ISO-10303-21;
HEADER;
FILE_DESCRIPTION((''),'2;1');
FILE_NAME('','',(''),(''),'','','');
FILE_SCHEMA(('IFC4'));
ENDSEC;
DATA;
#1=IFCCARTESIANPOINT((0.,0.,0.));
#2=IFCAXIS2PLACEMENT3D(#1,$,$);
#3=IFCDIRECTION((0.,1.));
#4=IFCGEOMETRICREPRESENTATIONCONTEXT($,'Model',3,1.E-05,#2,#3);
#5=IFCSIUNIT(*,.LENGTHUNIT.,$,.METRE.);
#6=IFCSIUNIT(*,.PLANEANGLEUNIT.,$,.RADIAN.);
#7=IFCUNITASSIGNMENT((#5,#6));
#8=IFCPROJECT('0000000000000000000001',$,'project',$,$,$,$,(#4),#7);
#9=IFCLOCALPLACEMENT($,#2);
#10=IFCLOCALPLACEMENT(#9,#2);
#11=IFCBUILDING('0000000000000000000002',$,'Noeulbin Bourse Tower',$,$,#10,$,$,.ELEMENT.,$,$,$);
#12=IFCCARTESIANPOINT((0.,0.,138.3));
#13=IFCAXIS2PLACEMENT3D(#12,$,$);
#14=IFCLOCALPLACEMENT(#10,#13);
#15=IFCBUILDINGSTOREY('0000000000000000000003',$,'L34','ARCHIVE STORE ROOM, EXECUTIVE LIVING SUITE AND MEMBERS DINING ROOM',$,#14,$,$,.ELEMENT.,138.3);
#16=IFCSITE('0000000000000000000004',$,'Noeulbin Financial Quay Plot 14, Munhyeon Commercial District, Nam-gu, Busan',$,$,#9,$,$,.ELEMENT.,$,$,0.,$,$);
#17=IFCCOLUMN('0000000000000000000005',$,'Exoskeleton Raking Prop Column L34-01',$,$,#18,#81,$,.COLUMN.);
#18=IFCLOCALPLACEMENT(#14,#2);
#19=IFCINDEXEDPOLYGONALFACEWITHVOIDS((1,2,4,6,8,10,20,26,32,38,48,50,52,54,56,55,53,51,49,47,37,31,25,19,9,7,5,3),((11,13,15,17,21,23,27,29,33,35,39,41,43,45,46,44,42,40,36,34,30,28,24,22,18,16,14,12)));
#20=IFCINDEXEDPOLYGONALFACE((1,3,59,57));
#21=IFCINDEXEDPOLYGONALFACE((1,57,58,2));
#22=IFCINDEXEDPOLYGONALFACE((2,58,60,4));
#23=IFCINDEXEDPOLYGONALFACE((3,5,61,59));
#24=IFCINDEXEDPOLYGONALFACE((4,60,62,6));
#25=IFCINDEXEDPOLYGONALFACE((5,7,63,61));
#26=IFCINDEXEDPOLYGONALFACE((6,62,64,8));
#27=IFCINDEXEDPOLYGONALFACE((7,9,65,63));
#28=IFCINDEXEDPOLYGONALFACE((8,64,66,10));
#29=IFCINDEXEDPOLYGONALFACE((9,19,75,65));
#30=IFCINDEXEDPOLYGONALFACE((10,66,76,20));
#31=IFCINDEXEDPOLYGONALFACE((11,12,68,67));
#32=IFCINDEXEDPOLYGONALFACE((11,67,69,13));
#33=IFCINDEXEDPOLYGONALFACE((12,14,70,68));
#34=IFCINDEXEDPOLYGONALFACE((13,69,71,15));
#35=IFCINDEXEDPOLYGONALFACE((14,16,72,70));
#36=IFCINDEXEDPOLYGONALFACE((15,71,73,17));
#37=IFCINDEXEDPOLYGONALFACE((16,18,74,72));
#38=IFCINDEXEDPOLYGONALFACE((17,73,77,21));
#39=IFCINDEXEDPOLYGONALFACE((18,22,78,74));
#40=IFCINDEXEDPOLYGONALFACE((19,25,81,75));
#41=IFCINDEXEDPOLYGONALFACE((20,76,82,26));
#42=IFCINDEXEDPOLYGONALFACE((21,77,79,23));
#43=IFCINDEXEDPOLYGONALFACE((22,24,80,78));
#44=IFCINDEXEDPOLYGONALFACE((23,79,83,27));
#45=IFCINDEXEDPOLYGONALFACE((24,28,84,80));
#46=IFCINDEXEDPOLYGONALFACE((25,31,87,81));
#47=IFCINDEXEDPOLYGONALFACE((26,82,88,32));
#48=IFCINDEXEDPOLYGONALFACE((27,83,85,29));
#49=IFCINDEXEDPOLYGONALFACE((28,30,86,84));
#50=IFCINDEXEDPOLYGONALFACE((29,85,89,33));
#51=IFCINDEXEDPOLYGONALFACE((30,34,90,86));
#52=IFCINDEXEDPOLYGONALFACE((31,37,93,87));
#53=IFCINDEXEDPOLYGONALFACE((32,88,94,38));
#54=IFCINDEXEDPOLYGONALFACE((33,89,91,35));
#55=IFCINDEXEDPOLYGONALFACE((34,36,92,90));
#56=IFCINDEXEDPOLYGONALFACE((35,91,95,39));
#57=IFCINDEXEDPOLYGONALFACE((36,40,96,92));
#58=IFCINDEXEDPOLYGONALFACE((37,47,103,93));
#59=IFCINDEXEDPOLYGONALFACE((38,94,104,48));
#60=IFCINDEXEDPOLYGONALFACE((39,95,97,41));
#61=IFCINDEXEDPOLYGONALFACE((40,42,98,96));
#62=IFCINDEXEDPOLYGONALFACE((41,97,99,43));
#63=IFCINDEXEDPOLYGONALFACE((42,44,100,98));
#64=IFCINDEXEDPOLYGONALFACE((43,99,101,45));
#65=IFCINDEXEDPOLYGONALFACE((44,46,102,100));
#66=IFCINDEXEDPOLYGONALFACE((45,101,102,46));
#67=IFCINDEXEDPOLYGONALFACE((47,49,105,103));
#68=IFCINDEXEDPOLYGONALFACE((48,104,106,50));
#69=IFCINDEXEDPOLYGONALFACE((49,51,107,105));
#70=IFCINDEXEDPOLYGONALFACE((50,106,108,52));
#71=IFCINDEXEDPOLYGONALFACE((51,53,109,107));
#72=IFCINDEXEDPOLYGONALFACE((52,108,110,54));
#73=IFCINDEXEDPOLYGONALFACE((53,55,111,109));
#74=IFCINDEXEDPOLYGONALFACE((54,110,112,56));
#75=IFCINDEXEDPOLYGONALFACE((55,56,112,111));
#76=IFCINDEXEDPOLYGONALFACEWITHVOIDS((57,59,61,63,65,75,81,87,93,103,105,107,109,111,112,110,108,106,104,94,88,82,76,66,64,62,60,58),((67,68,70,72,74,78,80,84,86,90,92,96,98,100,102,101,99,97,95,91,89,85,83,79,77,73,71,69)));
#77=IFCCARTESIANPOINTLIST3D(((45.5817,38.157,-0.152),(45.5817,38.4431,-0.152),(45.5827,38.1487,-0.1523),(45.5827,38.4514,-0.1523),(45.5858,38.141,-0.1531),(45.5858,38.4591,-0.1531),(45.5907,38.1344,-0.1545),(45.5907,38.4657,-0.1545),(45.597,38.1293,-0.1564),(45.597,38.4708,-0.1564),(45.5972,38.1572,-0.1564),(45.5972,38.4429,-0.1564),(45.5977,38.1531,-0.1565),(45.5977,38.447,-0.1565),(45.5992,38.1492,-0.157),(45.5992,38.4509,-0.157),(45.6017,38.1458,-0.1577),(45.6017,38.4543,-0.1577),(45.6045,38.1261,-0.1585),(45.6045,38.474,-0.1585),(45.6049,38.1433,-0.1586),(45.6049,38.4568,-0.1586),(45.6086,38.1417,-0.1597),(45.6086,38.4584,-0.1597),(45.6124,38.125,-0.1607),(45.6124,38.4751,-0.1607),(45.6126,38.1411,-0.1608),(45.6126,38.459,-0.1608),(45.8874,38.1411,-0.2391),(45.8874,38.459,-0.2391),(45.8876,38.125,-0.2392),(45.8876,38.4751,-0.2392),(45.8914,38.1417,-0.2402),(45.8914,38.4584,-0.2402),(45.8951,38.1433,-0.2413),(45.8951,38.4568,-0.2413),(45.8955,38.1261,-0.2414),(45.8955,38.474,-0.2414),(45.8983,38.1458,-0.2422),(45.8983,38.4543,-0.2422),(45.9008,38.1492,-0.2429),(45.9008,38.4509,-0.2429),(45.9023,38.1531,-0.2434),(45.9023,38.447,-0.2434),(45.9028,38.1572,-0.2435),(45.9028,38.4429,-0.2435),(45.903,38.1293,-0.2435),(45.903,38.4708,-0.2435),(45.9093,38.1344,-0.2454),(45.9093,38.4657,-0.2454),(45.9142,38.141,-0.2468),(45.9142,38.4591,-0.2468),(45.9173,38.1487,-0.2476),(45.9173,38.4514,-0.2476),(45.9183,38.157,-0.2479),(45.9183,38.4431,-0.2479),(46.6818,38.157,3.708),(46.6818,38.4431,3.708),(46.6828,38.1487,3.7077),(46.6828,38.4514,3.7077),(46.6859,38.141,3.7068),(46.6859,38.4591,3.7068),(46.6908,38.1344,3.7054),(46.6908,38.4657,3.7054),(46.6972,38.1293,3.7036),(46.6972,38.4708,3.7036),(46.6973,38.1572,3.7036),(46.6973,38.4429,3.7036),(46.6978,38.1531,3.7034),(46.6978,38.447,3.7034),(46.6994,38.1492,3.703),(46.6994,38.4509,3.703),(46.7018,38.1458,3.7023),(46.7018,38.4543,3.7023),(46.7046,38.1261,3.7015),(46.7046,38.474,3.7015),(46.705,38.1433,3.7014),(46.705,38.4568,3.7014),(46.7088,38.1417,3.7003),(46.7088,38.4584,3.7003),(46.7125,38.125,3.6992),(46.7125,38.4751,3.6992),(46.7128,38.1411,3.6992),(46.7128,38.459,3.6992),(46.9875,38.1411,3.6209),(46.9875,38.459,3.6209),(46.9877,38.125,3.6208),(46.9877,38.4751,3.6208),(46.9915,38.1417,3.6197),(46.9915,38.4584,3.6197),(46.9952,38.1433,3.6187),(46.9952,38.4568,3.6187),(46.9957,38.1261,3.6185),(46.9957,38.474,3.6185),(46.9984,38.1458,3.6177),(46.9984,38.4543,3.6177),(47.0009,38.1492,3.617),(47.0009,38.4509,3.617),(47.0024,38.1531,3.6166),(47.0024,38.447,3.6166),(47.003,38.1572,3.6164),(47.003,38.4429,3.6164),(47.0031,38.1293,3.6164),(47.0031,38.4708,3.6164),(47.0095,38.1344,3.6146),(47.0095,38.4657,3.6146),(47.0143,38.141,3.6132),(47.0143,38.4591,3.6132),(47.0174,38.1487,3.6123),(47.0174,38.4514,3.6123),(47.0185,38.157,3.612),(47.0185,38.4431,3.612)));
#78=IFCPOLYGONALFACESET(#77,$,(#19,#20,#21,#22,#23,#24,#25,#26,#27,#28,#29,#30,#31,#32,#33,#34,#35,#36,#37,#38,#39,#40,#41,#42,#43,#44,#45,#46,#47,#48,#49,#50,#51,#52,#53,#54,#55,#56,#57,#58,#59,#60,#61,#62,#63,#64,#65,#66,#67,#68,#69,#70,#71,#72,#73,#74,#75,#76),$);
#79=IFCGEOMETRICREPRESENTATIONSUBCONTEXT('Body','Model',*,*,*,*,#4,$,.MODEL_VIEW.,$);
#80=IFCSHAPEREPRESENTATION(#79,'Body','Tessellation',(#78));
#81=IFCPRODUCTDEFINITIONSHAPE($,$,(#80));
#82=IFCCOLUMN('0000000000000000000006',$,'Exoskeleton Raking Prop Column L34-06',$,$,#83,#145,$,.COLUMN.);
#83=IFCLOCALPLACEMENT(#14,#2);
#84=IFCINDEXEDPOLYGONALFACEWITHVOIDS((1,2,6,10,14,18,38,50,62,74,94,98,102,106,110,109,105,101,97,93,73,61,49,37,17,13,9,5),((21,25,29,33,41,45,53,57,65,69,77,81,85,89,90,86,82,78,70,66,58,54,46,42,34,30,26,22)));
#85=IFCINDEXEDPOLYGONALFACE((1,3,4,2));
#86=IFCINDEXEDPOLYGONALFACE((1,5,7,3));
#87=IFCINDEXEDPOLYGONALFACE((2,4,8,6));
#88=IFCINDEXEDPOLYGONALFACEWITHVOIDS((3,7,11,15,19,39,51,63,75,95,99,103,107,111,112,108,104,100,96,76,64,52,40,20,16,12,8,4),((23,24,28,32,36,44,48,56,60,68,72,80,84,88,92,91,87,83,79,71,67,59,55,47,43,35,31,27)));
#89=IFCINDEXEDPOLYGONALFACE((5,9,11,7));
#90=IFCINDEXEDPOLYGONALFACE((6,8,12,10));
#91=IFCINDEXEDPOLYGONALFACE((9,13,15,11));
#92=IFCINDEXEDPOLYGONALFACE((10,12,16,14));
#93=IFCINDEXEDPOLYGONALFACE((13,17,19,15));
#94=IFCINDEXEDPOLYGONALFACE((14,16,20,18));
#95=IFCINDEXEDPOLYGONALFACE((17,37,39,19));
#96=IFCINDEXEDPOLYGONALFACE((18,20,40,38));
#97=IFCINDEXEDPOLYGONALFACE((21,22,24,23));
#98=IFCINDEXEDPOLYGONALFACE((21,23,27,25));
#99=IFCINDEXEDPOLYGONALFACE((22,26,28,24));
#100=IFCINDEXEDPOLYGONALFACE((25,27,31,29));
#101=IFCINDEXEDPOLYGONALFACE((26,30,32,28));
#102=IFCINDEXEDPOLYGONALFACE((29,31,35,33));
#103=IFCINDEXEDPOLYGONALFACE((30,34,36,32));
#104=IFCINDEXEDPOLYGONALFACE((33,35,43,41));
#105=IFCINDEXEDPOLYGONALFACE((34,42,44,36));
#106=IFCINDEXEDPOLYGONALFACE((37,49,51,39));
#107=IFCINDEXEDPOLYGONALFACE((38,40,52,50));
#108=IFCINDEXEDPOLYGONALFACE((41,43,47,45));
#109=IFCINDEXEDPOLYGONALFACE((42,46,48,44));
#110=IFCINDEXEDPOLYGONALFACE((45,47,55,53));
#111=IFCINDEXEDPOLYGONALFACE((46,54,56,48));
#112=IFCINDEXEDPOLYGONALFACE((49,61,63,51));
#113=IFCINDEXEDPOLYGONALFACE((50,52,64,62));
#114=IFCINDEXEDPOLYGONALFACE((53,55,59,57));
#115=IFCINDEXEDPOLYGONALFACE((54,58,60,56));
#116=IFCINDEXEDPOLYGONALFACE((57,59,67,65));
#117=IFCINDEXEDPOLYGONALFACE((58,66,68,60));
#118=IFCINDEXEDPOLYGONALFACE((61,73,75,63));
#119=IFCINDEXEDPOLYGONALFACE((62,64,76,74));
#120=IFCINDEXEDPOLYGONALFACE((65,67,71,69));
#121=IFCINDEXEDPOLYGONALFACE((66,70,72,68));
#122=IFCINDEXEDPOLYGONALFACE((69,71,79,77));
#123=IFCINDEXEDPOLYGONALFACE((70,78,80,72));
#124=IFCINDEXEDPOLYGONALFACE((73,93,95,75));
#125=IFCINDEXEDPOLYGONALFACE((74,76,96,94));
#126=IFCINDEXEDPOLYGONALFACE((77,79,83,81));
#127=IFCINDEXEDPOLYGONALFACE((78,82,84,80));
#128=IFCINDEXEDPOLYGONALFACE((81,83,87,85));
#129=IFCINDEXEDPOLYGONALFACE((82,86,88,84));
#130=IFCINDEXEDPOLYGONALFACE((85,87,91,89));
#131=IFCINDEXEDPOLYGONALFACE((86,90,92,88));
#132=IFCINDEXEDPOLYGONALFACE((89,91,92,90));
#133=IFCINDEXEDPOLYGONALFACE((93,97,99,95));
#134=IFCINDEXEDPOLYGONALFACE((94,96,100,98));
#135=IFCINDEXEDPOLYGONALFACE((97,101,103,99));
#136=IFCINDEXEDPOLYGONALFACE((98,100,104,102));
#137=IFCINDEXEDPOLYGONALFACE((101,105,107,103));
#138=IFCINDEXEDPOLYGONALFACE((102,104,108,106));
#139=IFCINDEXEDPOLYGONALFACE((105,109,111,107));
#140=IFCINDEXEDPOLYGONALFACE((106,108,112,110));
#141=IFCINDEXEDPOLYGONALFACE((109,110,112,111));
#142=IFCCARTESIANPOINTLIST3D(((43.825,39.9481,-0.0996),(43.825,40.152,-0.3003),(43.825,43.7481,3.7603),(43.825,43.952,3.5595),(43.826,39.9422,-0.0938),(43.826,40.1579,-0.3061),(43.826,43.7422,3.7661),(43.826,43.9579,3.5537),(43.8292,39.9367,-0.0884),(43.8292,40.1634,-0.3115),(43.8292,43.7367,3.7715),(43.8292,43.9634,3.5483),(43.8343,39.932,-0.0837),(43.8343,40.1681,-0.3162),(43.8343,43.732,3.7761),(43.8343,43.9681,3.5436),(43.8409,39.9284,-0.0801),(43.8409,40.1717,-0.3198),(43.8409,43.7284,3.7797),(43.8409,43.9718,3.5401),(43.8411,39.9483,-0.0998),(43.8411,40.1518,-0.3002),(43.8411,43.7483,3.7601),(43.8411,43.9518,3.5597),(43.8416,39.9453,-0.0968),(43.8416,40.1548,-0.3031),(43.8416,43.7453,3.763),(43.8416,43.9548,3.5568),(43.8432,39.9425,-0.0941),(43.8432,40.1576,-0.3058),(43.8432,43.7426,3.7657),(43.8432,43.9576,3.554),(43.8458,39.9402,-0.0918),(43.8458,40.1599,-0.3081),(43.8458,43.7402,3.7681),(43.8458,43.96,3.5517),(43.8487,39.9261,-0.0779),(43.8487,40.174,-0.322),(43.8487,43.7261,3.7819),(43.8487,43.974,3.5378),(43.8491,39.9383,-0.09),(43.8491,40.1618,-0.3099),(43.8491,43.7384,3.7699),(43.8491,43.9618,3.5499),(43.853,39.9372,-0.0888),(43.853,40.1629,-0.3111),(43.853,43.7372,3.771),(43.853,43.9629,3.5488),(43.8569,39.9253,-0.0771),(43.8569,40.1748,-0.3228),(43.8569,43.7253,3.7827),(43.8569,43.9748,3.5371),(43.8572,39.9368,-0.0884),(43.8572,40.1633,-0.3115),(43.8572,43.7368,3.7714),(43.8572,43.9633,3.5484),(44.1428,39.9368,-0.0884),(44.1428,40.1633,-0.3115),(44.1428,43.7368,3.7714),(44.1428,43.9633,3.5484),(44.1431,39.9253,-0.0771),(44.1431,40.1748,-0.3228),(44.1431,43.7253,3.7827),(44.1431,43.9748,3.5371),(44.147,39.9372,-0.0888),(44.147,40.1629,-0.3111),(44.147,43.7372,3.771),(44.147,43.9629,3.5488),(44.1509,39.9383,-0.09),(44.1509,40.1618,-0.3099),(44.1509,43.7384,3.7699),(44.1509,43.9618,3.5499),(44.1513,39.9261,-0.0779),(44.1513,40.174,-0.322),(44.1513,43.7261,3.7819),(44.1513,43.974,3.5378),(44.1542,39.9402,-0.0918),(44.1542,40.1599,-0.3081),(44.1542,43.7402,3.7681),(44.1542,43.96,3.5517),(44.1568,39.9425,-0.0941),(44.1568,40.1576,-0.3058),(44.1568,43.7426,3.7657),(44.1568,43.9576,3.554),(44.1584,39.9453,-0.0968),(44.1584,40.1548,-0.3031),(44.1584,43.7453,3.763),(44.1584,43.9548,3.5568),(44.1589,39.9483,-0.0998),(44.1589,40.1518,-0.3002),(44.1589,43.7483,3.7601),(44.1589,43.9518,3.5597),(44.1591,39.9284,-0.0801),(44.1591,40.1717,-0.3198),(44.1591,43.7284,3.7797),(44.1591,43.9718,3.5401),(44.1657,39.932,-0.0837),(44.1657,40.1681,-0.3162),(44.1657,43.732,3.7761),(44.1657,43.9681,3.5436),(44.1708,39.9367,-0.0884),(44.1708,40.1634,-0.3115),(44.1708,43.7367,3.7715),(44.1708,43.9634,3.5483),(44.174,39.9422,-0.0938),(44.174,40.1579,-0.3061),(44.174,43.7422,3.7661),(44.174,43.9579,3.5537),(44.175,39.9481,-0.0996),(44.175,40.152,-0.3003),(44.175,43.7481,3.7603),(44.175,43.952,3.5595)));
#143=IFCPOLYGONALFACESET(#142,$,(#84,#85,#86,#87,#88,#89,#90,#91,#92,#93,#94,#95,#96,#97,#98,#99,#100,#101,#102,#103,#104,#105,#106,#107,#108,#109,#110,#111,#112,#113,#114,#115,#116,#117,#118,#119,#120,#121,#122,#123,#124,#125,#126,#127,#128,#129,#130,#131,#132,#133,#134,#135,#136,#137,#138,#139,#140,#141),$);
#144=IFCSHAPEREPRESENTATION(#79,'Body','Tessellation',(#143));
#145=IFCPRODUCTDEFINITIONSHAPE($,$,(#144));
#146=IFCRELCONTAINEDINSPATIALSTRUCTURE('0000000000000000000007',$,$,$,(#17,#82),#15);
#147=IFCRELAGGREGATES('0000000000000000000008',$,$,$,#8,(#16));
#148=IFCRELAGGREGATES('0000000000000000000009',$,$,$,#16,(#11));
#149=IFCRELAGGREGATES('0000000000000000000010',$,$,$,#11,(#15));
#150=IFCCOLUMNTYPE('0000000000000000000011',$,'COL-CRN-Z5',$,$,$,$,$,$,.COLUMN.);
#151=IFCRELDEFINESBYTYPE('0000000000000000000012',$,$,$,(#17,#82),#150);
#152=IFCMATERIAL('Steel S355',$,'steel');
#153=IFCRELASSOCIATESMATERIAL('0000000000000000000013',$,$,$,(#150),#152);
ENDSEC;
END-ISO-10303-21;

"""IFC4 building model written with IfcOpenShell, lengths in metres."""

from ifc_helpers import new_model, si_unit, direction, frame, origin, origin_2d, place, context, subcontext, project, spatial, hollow_rectangle, extrude, material, material_profile, profile_set, type_object, element, save


model = new_model("IFC4")

# Units and contexts
model_context = context("Model", 3, precision=1e-05, world=origin(), true_north=direction((0.0, 1.0)))
body_context = subcontext(model_context, "Body", "Model", "MODEL_VIEW")
ifc_project = project(units=[si_unit("LENGTHUNIT", "METRE"), si_unit("PLANEANGLEUNIT", "RADIAN")], contexts=[model_context])

# Site, building, storey
site_placement = place(None, origin())
site = spatial("IfcSite", under=ifc_project, at=site_placement, Name="Noeulbin Financial Quay Plot 14, Munhyeon Commercial District, Nam-gu, Busan", CompositionType="ELEMENT", RefElevation=0.0)
building_placement = place(site_placement, origin())
building = spatial("IfcBuilding", under=site, at=building_placement, Name="Noeulbin Bourse Tower", CompositionType="ELEMENT")
storey_placement = place(building_placement, frame((0.0, 0.0, 138.3)))
storey = spatial("IfcBuildingStorey", under=building, at=storey_placement, Name="L34", Description="ARCHIVE STORE ROOM, EXECUTIVE LIVING SUITE AND MEMBERS DINING ROOM", CompositionType="ELEMENT", Elevation=138.3)

# Columns
ifc_material_1 = material(Name="Steel S355", Category="steel")
ifc_material_profile_1 = material_profile(ifc_material_1, hollow_rectangle(XDim=0.3501, YDim=0.3501, WallThickness=0.0161, InnerFilletRadius=0.0161, OuterFilletRadius=0.032, at=origin_2d()), Name="SHS-350x350x16", Category="LoadBearing")
ifc_profile_set_1 = profile_set([ifc_material_profile_1], Name="Steel S355")
column_type_1 = type_object("IfcColumnType", Name="COL-CRN-Z5", PredefinedType="COLUMN", material=ifc_profile_set_1)
column_1_placement = place(storey_placement, frame((45.75, 38.3, -0.2), z_axis=(0.274094, 0.0, 0.961703), x_axis=(0.0, 1.0, 0.0)))
element("IfcColumn", 1, at=column_1_placement, inside=storey, type_object=column_type_1, Name="Exoskeleton Raking Prop Column L34-01", PredefinedType="COLUMN", context=body_context, shape_type="SweptSolid", body=[
    extrude(hollow_rectangle(XDim=0.3501, YDim=0.3501, WallThickness=0.0161, InnerFilletRadius=0.0161, OuterFilletRadius=0.032, at=origin_2d()), origin(), (0.0, 0.0, 1.0), 4.0137),
])
column_2_placement = place(storey_placement, frame((44.0, 40.05, -0.2), z_axis=(0.0, 0.701564, 0.712607), x_axis=(-1.0, 0.0, 0.0)))
element("IfcColumn", 2, at=column_2_placement, inside=storey, type_object=column_type_1, Name="Exoskeleton Raking Prop Column L34-06", PredefinedType="COLUMN", context=body_context, shape_type="SweptSolid", body=[
    extrude(hollow_rectangle(XDim=0.3501, YDim=0.3501, WallThickness=0.0161, InnerFilletRadius=0.0161, OuterFilletRadius=0.032, at=origin_2d()), origin(), (0.0, 0.0, 1.0), 5.4165),
])

save(model, "model.ifc")
